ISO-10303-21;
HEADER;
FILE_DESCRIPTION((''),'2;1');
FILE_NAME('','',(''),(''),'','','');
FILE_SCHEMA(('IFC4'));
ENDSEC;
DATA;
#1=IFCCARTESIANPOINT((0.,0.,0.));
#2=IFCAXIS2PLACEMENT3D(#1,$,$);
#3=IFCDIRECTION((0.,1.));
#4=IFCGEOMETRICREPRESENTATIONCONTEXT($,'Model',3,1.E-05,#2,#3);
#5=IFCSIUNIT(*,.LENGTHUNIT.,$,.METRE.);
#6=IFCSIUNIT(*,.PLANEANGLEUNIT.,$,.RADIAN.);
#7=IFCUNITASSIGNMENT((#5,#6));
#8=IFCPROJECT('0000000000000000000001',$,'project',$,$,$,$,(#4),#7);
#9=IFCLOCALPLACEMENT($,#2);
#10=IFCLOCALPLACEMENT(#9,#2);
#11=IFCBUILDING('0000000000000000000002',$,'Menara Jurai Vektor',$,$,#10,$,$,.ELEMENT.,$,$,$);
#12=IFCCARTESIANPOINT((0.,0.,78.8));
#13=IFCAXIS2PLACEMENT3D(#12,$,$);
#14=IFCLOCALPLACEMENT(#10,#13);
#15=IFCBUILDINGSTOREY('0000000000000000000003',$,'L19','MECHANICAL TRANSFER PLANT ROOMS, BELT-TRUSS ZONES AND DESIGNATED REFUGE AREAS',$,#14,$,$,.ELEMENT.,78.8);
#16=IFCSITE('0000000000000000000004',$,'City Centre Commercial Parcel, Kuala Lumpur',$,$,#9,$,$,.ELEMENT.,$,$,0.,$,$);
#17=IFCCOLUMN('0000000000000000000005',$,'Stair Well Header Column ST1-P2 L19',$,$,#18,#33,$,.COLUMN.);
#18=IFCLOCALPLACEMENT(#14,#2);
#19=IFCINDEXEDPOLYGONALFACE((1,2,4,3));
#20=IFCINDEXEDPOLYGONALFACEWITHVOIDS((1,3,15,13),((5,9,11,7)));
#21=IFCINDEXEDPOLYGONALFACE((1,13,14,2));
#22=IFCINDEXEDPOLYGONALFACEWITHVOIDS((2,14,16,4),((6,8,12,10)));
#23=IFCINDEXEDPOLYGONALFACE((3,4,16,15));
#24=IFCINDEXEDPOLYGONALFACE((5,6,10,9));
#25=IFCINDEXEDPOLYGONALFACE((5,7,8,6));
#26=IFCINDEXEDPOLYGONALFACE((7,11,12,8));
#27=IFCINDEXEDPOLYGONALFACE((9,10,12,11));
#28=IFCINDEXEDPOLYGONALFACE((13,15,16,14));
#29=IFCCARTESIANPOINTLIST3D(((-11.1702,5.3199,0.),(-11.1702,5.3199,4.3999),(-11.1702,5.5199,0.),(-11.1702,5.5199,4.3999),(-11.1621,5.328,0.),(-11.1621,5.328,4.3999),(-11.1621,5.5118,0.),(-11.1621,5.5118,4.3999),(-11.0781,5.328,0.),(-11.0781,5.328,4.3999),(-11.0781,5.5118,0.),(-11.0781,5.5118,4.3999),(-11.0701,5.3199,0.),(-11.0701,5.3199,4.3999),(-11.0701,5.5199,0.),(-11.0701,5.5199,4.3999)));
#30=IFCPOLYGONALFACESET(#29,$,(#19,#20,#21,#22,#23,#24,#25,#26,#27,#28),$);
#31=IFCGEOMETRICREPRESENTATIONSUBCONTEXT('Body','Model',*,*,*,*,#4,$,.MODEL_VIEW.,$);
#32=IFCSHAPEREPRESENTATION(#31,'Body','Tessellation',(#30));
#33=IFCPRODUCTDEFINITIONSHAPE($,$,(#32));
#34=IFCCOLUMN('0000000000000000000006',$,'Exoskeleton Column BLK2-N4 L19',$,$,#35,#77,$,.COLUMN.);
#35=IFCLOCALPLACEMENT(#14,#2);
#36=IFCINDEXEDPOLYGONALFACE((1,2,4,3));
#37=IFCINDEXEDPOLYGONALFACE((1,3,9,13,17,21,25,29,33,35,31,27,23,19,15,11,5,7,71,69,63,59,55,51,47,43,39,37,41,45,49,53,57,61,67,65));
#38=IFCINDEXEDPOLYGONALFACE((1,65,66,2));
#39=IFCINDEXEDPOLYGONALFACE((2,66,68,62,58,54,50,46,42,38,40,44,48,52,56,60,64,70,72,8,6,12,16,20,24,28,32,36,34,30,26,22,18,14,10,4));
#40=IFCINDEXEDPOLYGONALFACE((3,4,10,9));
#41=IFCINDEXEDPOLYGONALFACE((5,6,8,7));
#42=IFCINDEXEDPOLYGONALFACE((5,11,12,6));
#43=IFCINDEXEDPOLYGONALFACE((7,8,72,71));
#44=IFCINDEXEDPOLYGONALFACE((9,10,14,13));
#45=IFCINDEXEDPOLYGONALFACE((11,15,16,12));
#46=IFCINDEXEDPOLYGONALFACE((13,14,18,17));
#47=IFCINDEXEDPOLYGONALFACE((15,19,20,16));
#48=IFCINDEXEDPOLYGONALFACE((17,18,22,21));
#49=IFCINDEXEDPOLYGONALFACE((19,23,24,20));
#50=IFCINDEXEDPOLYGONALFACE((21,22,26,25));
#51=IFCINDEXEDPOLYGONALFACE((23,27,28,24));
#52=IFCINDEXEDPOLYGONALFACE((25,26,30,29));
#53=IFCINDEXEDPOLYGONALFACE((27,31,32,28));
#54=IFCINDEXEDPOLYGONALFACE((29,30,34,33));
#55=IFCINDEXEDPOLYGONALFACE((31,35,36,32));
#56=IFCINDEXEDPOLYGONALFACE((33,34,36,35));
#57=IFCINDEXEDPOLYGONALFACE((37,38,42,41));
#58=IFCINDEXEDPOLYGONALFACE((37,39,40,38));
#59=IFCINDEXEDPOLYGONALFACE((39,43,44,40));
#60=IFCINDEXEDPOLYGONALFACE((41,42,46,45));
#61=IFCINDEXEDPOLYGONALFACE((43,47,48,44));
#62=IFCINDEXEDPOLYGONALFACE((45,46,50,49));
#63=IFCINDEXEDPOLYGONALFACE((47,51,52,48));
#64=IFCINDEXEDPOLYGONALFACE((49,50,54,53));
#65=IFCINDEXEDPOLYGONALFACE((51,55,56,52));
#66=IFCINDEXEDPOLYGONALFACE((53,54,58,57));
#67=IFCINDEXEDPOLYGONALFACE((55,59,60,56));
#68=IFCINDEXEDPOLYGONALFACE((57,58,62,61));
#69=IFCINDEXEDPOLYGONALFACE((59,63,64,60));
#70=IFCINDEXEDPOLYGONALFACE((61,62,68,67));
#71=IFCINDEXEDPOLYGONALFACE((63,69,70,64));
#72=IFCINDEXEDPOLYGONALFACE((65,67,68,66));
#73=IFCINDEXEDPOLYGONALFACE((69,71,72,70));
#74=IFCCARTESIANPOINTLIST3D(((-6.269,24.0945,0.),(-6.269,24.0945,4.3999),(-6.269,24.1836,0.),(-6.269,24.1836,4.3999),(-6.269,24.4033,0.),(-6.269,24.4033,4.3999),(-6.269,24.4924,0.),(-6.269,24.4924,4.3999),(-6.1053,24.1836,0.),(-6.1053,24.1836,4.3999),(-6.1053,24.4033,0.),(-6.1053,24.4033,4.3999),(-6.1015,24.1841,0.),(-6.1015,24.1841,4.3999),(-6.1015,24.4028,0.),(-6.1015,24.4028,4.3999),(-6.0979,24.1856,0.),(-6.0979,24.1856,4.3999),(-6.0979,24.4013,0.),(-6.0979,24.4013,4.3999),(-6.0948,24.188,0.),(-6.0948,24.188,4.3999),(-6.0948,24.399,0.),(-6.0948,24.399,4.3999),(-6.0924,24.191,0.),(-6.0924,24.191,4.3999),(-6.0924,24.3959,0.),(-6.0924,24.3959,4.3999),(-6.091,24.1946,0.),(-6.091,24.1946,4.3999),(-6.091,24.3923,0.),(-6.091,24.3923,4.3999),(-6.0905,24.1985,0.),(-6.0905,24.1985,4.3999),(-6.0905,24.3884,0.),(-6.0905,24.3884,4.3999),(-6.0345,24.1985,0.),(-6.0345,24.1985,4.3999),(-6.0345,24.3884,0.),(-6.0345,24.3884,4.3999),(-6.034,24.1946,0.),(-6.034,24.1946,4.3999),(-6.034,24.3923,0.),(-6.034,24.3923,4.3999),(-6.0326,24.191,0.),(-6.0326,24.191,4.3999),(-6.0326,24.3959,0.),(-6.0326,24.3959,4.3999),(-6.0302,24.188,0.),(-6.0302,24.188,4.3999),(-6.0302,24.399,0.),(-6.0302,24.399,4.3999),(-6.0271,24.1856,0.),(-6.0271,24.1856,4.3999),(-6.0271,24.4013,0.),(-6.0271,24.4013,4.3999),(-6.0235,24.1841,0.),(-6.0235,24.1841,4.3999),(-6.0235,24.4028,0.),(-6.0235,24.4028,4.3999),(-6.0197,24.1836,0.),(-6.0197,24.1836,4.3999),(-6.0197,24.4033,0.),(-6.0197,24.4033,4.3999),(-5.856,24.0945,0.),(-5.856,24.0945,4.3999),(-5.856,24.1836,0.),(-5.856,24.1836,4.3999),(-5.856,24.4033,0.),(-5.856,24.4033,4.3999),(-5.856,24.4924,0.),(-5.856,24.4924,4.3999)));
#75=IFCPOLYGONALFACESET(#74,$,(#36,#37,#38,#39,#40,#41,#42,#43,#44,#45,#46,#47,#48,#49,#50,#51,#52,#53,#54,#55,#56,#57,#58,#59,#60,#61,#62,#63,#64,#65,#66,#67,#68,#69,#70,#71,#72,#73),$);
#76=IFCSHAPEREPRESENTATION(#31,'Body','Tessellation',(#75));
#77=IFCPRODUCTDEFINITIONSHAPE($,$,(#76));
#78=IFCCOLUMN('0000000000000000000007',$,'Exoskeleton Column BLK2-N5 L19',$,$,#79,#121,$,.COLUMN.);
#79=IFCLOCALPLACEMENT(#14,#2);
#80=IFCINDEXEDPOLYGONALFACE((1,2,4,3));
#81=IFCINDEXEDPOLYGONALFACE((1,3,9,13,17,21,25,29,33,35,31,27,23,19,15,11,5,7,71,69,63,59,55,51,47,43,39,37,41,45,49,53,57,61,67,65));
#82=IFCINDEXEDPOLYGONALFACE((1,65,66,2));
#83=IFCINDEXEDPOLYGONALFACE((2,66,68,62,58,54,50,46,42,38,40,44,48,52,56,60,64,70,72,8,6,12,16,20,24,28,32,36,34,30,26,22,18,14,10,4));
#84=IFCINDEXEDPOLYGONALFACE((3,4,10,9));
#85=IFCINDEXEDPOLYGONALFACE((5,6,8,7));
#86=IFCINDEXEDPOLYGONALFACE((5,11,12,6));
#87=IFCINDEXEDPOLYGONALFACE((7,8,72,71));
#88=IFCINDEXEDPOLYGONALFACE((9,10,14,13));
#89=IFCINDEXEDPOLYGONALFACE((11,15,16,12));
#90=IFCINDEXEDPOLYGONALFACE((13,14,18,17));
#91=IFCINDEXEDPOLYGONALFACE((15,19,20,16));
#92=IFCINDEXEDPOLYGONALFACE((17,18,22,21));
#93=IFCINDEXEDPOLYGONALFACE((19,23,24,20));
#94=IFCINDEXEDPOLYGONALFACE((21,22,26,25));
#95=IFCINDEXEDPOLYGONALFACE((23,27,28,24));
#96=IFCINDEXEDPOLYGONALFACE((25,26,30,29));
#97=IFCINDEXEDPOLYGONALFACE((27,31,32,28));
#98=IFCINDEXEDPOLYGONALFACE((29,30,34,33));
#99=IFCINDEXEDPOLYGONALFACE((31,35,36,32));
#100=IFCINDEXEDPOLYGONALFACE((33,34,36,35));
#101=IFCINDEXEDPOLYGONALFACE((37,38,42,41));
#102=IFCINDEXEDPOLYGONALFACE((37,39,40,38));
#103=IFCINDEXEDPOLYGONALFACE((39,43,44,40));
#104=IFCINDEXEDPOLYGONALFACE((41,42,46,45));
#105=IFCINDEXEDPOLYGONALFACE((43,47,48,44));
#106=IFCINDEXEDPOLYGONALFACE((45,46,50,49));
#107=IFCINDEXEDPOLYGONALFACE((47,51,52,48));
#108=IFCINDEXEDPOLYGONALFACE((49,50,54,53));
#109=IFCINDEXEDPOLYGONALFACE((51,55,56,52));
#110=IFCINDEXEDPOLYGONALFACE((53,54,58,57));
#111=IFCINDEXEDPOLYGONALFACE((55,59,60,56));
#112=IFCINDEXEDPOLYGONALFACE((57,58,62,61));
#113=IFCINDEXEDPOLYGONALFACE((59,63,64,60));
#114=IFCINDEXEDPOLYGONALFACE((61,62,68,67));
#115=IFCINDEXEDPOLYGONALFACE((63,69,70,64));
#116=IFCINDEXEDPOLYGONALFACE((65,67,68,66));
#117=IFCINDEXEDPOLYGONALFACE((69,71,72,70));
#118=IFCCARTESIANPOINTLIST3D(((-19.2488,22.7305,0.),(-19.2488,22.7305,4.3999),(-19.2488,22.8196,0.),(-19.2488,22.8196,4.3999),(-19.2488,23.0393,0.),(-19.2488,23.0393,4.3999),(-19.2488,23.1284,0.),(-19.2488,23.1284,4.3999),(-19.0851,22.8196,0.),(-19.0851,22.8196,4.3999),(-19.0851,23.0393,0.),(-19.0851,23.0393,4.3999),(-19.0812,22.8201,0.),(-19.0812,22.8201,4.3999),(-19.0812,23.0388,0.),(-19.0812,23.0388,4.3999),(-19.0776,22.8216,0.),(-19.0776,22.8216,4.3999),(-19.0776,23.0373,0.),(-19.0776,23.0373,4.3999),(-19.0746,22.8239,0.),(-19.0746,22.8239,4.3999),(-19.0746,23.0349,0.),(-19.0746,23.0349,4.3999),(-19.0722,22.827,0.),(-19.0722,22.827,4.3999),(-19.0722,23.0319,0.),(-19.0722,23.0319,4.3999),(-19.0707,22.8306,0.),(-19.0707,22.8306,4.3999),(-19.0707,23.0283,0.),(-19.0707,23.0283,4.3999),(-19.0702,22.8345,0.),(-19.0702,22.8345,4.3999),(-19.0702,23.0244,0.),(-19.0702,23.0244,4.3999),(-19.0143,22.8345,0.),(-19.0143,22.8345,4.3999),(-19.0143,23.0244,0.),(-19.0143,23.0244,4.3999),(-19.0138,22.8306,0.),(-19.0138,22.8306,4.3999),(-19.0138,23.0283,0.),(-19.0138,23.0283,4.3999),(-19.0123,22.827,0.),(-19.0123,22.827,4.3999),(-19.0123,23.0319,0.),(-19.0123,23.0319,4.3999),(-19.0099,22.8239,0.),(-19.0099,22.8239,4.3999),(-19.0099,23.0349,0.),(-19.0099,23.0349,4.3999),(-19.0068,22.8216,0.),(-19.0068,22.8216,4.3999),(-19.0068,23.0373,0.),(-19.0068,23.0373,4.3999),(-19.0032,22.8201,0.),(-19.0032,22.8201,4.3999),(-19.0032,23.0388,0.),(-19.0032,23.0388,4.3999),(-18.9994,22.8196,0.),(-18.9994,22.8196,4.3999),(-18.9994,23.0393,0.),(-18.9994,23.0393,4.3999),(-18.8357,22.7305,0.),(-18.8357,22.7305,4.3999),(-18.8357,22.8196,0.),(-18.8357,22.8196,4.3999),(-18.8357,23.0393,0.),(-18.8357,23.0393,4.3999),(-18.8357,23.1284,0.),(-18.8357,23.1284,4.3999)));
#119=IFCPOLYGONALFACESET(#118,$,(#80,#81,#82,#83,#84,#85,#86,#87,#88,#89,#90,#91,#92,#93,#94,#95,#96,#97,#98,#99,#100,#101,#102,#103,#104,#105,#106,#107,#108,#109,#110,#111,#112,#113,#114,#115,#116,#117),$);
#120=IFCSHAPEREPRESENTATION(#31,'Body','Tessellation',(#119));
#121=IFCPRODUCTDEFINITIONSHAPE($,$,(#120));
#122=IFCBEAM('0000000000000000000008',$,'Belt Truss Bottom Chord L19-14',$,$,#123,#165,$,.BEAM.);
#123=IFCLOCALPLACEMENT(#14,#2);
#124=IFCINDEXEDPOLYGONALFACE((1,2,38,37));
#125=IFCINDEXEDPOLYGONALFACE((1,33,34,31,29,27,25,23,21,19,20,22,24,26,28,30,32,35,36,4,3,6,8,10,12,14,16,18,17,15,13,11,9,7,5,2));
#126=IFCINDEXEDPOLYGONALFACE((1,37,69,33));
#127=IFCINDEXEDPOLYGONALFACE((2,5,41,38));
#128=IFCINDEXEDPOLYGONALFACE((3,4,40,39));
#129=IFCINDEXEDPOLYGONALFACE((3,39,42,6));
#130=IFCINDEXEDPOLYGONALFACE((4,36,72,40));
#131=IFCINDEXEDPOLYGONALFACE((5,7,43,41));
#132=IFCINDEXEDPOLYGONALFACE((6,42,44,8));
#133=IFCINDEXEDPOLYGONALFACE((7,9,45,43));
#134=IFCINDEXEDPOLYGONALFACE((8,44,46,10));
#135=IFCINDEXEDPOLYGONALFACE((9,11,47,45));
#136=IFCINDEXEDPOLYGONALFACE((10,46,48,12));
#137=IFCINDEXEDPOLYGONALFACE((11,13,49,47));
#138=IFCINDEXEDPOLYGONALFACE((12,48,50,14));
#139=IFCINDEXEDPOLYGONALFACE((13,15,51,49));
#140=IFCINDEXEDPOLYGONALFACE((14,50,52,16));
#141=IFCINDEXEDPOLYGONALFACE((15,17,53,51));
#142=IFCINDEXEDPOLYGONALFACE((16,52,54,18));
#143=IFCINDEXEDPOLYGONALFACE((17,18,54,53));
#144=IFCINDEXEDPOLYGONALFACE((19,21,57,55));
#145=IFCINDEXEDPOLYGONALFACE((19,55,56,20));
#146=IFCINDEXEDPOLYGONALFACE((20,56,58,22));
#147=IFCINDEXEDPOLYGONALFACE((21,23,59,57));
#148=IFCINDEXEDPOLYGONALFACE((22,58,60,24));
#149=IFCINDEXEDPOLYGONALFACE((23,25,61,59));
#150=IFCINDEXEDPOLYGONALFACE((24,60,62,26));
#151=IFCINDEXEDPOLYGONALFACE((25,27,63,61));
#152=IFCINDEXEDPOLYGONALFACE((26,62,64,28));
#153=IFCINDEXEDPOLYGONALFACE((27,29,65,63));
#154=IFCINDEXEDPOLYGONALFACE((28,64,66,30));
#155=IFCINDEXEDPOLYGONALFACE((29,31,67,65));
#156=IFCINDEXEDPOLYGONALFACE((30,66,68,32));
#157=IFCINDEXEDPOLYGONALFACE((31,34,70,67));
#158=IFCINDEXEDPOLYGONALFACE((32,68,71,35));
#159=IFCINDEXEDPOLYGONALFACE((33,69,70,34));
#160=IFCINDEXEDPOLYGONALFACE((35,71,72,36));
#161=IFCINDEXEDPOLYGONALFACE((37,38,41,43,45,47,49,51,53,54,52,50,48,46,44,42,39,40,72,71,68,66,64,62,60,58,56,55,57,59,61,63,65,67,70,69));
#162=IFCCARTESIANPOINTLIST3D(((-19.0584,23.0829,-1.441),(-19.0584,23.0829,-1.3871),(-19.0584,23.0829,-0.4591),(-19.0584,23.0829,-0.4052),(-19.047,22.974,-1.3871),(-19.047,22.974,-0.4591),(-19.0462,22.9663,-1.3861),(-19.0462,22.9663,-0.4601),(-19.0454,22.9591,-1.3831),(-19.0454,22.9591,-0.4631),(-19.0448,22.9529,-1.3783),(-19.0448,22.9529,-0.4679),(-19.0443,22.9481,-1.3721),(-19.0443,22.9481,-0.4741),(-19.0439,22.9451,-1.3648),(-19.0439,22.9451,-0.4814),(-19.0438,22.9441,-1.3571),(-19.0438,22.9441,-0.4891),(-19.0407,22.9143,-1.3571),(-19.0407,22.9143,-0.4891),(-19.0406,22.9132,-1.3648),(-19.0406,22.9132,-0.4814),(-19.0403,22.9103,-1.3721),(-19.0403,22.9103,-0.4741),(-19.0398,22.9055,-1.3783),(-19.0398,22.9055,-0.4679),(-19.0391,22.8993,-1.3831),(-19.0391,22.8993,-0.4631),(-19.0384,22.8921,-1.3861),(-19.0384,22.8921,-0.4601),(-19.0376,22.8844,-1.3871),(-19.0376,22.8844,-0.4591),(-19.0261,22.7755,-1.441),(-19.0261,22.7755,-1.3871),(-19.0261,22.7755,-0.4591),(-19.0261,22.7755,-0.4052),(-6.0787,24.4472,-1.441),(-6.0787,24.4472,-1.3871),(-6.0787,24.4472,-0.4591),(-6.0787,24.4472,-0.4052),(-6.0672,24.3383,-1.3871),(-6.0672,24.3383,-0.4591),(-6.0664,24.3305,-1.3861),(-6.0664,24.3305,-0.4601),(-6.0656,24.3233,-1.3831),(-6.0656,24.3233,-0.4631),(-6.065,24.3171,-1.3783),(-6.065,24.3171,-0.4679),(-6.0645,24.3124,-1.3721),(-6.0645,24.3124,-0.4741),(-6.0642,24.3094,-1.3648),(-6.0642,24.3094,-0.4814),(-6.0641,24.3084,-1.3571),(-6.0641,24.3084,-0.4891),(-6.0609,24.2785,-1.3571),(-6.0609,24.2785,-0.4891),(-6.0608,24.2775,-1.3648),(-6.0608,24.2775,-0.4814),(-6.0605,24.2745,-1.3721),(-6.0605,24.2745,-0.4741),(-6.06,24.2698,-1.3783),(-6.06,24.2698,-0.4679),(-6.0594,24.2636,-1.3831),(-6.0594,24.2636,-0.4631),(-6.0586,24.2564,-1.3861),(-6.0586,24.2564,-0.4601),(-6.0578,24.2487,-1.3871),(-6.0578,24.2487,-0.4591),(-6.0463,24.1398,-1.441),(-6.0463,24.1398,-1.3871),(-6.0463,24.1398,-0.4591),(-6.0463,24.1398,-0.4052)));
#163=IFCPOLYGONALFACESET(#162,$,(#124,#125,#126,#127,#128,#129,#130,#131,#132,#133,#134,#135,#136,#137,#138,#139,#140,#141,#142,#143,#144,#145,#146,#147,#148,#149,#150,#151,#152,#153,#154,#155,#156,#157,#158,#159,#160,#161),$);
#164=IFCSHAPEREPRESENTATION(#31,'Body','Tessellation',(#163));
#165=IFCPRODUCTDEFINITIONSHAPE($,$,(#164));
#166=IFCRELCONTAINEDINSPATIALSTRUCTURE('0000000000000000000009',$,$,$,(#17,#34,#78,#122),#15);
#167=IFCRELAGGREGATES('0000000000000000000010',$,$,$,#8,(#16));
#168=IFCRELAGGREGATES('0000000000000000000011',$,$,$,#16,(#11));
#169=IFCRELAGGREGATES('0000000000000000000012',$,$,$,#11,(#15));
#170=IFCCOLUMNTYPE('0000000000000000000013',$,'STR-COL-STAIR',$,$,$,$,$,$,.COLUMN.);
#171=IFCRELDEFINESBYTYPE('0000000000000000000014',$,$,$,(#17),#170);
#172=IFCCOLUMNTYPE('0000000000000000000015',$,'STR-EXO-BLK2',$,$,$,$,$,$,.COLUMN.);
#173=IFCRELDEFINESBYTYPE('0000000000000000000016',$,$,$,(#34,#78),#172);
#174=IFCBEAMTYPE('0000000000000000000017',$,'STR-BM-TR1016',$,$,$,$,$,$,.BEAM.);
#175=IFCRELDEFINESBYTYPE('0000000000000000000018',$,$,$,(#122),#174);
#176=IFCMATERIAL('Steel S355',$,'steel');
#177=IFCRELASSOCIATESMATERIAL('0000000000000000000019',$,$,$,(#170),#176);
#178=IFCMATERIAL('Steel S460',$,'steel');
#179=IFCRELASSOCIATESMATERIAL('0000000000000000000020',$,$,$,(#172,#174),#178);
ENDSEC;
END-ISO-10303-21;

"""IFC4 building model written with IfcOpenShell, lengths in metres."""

from ifc_helpers import new_model, si_unit, direction, frame, origin, origin_2d, place, context, subcontext, project, spatial, hollow_rectangle, i_section, extrude, material, material_profile, profile_set, type_object, element, save


model = new_model("IFC4")

# Units and contexts
model_context = context("Model", 3, precision=1e-05, world=origin(), true_north=direction((0.0, 1.0)))
body_context = subcontext(model_context, "Body", "Model", "MODEL_VIEW")
ifc_project = project(units=[si_unit("LENGTHUNIT", "METRE"), si_unit("PLANEANGLEUNIT", "RADIAN")], contexts=[model_context])

# Site, building, storey
site_placement = place(None, origin())
site = spatial("IfcSite", under=ifc_project, at=site_placement, Name="City Centre Commercial Parcel, Kuala Lumpur", CompositionType="ELEMENT", RefElevation=0.0)
building_placement = place(site_placement, origin())
building = spatial("IfcBuilding", under=site, at=building_placement, Name="Menara Jurai Vektor", CompositionType="ELEMENT")
storey_placement = place(building_placement, frame((0.0, 0.0, 78.8)))
storey = spatial("IfcBuildingStorey", under=building, at=storey_placement, Name="L19", Description="MECHANICAL TRANSFER PLANT ROOMS, BELT-TRUSS ZONES AND DESIGNATED REFUGE AREAS", CompositionType="ELEMENT", Elevation=78.8)

# Columns
ifc_material_1 = material(Name="Steel S355", Category="steel")
ifc_material_profile_1 = material_profile(ifc_material_1, hollow_rectangle(XDim=0.1001, YDim=0.2, WallThickness=0.0081, at=origin_2d()), Name="RHS 200x100x8")
ifc_profile_set_1 = profile_set([ifc_material_profile_1], Name="Steel S355")
column_type_1 = type_object("IfcColumnType", Name="STR-COL-STAIR", PredefinedType="COLUMN", material=ifc_profile_set_1)
column_placement = place(storey_placement, frame((-11.1201, 5.4199, 0.0), z_axis=(0.0, 0.0, 1.0), x_axis=(1.0, 0.0, 0.0)))
element("IfcColumn", 1, at=column_placement, inside=storey, type_object=column_type_1, Name="Stair Well Header Column ST1-P2 L19", PredefinedType="COLUMN", context=body_context, shape_type="SweptSolid", body=[
    extrude(hollow_rectangle(XDim=0.1001, YDim=0.2, WallThickness=0.0081, at=origin_2d()), origin(), (0.0, 0.0, 1.0), 4.3999),
])
ifc_material_2 = material(Name="Steel S460", Category="steel")
ifc_material_profile_2 = material_profile(ifc_material_2, i_section(OverallWidth=0.4131, OverallDepth=0.3979, WebThickness=0.0559, FlangeThickness=0.0891, FilletRadius=0.0149, at=origin_2d()), Name="HD 400x744")
ifc_profile_set_2 = profile_set([ifc_material_profile_2], Name="Steel S460")
column_type_2 = type_object("IfcColumnType", Name="STR-EXO-BLK2", PredefinedType="COLUMN", material=ifc_profile_set_2)
for number, where, z_axis, x_axis, name in (
    (2, (-6.0625, 24.2935, 0.0), (0.0, 0.0, 1.0), (1.0, 0.0, 0.0), "Exoskeleton Column BLK2-N4 L19"),
    (3, (-19.0422, 22.9294, 0.0), (0.0, 0.0, 1.0), (1.0, 0.0, 0.0), "Exoskeleton Column BLK2-N5 L19"),
):
    element("IfcColumn", number, at=place(storey_placement, frame(where, z_axis=z_axis, x_axis=x_axis)), inside=storey, type_object=column_type_2, Name=name, PredefinedType="COLUMN", context=body_context, shape_type="SweptSolid", body=[
        extrude(i_section(OverallWidth=0.4131, OverallDepth=0.3979, WebThickness=0.0559, FlangeThickness=0.0891, FilletRadius=0.0149, at=origin_2d()), origin(), (0.0, 0.0, 1.0), 4.3999),
    ])

# Beam
ifc_material_profile_3 = material_profile(ifc_material_2, i_section(OverallWidth=0.3091, OverallDepth=1.0359, WebThickness=0.03, FlangeThickness=0.054, FilletRadius=0.03, at=origin_2d()), Name="UKB 1016x305x487")
ifc_profile_set_3 = profile_set([ifc_material_profile_3], Name="Steel S460")
beam_type_1 = type_object("IfcBeamType", Name="STR-BM-TR1016", PredefinedType="BEAM", material=ifc_profile_set_3)
beam_1_placement = place(storey_placement, frame((-6.0625, 24.2935, -0.9231), z_axis=(-0.994522, -0.104531, 0.0), x_axis=(0.104531, -0.994522, 0.0)))
element("IfcBeam", 4, at=beam_1_placement, inside=storey, type_object=beam_type_1, Name="Belt Truss Bottom Chord L19-14", PredefinedType="BEAM", context=body_context, shape_type="SweptSolid", body=[
    extrude(i_section(OverallWidth=0.3091, OverallDepth=1.0359, WebThickness=0.03, FlangeThickness=0.054, FilletRadius=0.03, at=origin_2d()), origin(), (0.0, 0.0, 1.0), 13.0513),
])

save(model, "model.ifc")
